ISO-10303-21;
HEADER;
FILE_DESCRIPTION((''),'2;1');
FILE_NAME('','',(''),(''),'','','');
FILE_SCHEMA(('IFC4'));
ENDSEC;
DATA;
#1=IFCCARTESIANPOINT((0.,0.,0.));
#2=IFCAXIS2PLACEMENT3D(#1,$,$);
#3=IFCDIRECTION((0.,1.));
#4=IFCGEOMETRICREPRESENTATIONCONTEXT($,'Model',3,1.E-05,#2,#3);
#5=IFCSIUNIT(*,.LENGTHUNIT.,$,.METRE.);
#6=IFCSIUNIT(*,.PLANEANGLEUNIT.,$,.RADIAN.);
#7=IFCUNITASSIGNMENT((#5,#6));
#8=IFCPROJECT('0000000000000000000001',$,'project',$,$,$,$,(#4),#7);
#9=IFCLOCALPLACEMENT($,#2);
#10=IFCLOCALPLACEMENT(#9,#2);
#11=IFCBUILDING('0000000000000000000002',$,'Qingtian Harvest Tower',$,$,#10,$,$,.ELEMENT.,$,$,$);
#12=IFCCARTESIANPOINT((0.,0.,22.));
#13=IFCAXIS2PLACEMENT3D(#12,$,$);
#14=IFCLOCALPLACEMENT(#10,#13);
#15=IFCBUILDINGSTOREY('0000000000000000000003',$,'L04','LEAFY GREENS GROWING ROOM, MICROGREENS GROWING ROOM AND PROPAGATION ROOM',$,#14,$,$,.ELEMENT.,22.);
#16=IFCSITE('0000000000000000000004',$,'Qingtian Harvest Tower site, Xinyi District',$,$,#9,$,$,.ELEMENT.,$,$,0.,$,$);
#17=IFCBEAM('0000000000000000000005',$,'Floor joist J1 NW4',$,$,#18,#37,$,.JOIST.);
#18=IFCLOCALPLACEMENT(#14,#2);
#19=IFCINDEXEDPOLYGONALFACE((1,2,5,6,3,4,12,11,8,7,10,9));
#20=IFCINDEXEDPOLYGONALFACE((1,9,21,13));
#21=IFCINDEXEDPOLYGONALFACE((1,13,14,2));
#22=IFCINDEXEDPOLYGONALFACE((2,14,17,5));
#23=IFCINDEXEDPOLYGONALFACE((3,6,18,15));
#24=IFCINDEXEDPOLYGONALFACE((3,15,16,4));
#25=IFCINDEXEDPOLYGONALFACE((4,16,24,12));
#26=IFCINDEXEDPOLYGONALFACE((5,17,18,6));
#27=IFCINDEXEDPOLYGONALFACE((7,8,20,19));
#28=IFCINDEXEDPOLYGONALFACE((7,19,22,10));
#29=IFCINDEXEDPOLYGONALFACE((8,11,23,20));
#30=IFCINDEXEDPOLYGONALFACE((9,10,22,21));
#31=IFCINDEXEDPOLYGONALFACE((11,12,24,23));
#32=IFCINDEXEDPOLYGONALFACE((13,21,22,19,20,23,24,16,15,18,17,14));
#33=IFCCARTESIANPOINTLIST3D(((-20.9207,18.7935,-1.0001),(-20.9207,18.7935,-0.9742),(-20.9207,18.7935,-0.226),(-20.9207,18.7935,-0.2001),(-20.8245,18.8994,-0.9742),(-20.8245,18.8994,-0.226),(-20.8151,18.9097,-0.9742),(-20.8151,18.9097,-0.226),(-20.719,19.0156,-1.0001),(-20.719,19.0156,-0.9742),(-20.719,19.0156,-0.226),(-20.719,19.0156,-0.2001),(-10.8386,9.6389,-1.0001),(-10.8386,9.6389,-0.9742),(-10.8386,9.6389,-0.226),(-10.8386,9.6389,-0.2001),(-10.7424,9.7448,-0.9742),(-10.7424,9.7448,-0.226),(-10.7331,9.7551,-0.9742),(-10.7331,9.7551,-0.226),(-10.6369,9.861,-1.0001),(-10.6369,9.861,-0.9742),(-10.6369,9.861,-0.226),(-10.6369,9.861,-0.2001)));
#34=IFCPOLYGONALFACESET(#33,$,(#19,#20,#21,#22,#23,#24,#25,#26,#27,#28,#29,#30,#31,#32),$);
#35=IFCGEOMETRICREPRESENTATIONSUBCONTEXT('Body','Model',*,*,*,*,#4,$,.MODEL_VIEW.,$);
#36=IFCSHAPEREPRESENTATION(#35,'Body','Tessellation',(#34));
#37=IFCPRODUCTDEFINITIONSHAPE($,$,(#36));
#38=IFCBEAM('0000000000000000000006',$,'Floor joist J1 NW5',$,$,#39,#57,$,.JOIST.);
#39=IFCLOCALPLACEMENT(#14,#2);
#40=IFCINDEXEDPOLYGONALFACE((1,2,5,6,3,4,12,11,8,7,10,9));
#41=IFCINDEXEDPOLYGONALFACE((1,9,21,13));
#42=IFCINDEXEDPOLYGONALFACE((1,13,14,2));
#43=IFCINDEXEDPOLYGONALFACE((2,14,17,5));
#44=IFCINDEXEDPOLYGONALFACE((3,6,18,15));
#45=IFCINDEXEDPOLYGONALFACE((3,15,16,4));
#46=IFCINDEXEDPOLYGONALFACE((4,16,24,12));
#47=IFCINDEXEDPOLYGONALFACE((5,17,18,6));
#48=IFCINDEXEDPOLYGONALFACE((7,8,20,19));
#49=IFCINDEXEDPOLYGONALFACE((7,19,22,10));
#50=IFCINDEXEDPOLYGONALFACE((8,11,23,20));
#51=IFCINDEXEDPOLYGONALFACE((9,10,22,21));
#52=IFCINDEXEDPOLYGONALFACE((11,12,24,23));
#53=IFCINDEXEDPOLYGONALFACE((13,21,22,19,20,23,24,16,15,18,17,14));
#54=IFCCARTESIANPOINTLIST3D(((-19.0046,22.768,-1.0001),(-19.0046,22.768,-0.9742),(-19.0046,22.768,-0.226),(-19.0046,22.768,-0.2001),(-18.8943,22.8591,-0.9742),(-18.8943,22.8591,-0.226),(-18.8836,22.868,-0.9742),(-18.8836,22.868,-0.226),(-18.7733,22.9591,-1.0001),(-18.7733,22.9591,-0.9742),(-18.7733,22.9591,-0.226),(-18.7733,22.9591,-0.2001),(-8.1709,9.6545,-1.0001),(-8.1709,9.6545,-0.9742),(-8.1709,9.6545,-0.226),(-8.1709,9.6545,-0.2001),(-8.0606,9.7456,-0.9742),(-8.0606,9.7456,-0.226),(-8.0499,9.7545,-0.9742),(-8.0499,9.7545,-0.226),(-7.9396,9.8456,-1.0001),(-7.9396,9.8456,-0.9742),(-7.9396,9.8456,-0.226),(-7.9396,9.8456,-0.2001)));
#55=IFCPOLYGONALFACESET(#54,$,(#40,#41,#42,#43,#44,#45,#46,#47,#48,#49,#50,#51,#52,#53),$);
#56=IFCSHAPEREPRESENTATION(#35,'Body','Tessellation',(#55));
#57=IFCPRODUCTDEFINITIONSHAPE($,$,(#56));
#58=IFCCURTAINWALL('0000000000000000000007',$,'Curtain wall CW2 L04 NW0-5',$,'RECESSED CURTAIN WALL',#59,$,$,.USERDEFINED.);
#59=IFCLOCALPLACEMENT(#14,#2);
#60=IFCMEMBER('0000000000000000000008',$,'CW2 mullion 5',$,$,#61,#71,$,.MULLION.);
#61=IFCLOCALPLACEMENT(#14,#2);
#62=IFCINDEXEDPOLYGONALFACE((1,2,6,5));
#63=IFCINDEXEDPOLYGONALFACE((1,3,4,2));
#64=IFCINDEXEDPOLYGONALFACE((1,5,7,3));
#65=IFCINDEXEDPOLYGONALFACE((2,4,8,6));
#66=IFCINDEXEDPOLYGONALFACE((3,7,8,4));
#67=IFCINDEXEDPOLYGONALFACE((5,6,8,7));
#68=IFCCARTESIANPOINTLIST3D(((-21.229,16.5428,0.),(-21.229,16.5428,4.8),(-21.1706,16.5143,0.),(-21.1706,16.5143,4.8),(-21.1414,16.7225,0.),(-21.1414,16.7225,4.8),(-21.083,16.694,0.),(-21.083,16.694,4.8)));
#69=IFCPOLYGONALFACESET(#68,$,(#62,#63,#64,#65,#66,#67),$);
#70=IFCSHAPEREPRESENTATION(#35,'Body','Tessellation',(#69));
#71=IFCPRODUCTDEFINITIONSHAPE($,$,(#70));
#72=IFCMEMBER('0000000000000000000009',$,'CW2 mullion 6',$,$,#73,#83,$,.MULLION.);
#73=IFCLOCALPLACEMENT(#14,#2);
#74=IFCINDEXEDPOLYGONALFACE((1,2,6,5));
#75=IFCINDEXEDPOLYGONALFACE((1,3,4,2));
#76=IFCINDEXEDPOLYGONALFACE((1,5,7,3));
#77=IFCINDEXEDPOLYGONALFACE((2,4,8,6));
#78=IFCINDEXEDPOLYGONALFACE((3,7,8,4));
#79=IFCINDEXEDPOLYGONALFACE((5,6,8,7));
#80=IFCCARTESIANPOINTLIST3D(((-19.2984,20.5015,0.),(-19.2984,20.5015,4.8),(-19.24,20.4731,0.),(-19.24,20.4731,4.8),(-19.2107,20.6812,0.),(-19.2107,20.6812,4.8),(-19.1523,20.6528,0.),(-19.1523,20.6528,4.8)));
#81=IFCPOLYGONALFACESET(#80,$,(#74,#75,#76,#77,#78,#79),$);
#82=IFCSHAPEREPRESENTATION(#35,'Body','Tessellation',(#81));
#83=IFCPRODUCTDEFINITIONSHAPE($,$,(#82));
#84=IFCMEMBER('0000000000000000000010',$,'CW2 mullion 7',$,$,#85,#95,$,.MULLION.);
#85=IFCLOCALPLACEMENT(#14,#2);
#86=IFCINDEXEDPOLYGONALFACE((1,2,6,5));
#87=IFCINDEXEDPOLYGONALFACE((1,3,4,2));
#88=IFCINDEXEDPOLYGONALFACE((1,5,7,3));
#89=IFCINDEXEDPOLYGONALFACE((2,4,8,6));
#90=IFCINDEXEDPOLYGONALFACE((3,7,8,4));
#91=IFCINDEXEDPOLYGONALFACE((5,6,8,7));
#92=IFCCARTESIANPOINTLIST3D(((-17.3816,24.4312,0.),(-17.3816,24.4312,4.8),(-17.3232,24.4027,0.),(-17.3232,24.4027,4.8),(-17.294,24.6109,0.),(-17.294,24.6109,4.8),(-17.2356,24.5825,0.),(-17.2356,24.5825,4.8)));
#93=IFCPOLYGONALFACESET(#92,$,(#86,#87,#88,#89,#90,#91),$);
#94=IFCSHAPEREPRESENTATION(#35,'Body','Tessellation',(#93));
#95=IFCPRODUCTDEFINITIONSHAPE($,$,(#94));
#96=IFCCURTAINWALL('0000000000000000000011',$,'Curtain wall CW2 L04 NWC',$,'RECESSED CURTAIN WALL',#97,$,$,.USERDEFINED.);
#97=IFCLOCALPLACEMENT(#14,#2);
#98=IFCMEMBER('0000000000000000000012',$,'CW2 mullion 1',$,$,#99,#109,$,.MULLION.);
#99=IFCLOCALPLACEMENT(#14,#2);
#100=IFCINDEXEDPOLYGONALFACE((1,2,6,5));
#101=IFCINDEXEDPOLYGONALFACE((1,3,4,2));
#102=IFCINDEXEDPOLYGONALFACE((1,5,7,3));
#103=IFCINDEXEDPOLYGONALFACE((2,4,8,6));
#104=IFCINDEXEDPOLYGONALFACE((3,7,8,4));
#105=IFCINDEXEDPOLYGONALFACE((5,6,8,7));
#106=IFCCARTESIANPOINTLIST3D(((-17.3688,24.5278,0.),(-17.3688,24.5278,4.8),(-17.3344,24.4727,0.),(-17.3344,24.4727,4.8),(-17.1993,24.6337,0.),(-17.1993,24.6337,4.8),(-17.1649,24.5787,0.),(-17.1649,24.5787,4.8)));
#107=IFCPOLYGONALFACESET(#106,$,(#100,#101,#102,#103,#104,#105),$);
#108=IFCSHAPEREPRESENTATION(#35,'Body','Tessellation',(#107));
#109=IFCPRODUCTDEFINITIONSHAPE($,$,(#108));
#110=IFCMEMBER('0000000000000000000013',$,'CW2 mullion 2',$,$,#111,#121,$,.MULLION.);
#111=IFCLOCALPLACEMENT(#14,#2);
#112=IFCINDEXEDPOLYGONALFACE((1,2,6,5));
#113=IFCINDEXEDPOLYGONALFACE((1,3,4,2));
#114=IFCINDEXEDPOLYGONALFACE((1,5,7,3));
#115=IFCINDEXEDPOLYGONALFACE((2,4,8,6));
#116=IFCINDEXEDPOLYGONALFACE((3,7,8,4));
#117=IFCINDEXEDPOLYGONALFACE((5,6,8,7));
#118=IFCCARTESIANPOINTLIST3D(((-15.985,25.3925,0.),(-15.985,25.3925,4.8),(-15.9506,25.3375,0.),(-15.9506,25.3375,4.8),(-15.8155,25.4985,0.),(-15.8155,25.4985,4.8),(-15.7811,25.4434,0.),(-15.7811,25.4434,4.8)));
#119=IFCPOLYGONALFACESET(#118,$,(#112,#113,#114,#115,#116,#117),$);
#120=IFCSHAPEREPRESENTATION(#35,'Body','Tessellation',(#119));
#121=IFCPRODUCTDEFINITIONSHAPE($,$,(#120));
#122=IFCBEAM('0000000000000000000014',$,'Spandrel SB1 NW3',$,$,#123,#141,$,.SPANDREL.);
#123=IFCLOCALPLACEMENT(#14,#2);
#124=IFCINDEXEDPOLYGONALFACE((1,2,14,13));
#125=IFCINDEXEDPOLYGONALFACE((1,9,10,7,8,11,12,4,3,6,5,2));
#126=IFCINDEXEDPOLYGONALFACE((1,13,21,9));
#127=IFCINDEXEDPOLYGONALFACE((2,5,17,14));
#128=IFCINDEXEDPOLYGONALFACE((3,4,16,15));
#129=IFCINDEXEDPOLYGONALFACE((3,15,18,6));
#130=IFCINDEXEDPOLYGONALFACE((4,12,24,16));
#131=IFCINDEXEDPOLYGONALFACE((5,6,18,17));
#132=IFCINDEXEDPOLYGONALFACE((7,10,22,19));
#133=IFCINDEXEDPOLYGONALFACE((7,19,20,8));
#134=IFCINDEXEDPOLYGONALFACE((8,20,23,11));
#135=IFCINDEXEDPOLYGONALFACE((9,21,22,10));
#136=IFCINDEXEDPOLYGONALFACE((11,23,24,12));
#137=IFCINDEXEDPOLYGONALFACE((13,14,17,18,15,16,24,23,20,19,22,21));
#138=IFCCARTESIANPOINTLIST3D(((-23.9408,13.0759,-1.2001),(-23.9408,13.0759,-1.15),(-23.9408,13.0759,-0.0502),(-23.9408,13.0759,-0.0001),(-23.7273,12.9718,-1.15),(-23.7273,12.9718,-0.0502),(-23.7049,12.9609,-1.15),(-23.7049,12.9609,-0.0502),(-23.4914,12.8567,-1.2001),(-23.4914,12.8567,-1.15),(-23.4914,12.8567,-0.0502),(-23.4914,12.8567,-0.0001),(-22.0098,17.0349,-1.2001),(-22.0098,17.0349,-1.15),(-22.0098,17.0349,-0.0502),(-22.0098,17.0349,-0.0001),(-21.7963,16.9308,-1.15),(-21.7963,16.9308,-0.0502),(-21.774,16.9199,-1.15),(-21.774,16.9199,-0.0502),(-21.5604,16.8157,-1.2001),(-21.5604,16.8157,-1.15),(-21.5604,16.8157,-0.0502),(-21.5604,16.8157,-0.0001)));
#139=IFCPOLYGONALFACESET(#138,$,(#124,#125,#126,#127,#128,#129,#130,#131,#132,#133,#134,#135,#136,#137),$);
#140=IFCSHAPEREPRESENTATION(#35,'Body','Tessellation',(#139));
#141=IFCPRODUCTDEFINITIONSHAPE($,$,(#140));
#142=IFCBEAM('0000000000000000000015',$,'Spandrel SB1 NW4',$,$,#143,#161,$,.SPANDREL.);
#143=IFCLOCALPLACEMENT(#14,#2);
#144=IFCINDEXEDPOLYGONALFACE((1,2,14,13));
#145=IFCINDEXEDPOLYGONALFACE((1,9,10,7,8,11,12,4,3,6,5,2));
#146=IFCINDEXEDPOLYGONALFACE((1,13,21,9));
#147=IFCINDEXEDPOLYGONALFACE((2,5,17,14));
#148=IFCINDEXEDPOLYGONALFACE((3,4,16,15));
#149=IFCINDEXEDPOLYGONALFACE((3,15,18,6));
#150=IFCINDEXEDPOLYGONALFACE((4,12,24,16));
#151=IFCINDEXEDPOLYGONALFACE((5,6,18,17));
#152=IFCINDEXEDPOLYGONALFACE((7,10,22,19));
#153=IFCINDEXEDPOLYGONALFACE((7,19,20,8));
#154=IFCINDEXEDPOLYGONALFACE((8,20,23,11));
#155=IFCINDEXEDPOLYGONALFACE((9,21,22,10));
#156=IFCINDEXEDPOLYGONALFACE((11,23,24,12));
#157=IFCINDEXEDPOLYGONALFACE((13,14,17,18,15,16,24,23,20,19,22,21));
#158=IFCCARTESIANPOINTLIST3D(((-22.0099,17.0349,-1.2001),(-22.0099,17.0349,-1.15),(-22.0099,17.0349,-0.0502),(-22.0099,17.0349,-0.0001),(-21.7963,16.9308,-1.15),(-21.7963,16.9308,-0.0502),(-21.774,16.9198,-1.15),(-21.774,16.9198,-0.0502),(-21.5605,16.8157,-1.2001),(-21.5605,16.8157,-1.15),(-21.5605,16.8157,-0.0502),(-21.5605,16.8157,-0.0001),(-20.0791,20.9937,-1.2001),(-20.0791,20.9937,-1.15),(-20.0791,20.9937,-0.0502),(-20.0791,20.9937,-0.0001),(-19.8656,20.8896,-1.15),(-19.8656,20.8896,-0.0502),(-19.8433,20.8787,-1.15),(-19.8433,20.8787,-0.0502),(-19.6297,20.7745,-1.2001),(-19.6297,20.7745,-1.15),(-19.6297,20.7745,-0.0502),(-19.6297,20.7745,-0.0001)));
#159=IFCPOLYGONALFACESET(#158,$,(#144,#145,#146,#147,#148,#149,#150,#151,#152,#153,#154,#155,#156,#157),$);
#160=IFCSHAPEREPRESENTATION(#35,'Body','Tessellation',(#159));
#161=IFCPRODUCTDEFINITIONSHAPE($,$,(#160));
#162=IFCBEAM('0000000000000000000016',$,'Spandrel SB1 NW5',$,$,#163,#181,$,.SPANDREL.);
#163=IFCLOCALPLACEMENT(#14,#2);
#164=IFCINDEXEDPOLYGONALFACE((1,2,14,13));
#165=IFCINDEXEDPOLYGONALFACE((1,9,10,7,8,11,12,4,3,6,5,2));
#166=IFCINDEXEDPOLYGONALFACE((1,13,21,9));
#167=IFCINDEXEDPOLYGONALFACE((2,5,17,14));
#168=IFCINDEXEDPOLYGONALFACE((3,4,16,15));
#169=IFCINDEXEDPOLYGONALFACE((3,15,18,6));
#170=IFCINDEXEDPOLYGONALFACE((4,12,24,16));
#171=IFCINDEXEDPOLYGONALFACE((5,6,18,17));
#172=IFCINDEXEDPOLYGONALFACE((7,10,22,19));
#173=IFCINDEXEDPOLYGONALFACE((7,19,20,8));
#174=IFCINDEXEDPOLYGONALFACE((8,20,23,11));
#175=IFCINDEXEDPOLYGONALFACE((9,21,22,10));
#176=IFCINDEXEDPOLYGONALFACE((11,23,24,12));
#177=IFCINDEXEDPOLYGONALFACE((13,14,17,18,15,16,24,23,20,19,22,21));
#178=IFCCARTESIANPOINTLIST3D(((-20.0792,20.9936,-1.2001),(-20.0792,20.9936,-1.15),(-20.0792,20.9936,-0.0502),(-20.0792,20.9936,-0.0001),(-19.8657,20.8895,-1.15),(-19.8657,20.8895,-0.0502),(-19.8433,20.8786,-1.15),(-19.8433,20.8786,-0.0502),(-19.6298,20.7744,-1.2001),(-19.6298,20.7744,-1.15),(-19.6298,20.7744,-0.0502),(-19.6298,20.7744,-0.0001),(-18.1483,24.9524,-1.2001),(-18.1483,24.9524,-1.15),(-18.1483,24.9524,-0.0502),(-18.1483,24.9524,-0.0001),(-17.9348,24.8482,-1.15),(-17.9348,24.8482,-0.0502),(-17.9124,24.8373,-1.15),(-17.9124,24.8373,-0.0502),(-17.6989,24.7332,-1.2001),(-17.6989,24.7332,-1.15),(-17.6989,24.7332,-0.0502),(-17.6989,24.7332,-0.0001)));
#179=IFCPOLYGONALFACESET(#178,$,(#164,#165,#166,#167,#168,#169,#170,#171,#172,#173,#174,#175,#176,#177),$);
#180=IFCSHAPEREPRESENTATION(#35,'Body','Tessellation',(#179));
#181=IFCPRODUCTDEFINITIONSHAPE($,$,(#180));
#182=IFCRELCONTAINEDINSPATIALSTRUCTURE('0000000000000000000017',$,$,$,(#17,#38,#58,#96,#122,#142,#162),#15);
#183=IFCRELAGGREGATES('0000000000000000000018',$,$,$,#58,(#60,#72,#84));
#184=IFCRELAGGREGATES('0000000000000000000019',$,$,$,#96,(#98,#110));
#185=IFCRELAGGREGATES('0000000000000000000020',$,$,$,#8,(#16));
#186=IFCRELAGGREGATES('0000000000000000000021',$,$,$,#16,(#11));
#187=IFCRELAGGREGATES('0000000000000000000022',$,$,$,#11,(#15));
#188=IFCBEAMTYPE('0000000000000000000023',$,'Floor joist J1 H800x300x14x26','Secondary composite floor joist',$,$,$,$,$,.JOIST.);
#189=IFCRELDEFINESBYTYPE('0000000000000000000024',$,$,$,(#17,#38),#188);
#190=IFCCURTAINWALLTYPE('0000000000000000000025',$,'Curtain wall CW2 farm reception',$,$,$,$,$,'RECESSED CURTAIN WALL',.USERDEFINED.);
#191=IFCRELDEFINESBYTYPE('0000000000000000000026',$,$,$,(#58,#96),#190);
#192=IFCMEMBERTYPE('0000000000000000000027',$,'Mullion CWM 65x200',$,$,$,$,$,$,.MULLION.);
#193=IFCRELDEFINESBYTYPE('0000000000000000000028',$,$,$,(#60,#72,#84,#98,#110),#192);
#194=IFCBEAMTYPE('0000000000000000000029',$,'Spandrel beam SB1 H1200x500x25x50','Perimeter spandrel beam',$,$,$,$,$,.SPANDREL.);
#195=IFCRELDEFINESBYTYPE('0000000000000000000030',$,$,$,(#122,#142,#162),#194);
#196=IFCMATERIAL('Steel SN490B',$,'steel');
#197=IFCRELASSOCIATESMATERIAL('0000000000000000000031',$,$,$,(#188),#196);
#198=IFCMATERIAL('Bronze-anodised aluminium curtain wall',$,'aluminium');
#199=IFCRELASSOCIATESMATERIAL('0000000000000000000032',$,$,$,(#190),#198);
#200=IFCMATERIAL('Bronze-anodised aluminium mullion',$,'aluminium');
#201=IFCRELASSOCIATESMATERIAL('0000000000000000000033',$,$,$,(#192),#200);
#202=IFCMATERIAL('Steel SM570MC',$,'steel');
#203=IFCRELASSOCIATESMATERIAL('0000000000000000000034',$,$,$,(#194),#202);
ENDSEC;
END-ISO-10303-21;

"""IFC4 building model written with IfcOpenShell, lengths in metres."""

from ifc_helpers import new_model, si_unit, direction, frame, origin, origin_2d, place, context, subcontext, project, spatial, rectangle, i_section, extrude, material, material_profile, profile_set, type_object, element, aggregate, save


model = new_model("IFC4")

# Units and contexts
model_context = context("Model", 3, precision=1e-05, world=origin(), true_north=direction((0.0, 1.0)))
body_context = subcontext(model_context, "Body", "Model", "MODEL_VIEW")
ifc_project = project(units=[si_unit("LENGTHUNIT", "METRE"), si_unit("PLANEANGLEUNIT", "RADIAN")], contexts=[model_context])

# Site, building, storey
site_placement = place(None, origin())
site = spatial("IfcSite", under=ifc_project, at=site_placement, Name="Qingtian Harvest Tower site, Xinyi District", CompositionType="ELEMENT", RefElevation=0.0)
building_placement = place(site_placement, origin())
building = spatial("IfcBuilding", under=site, at=building_placement, Name="Qingtian Harvest Tower", CompositionType="ELEMENT")
storey_placement = place(building_placement, frame((0.0, 0.0, 22.0)))
storey = spatial("IfcBuildingStorey", under=building, at=storey_placement, Name="L04", Description="LEAFY GREENS GROWING ROOM, MICROGREENS GROWING ROOM AND PROPAGATION ROOM", CompositionType="ELEMENT", Elevation=22.0)

# Beams
ifc_material_1 = material(Name="Steel SN490B", Category="steel")
ifc_material_profile_1 = material_profile(ifc_material_1, i_section(OverallWidth=0.3, OverallDepth=0.8, WebThickness=0.0139, FlangeThickness=0.0259, at=origin_2d()), Name="H800x300x14x26")
ifc_profile_set_1 = profile_set([ifc_material_profile_1], Name="Steel SN490B")
beam_type_1 = type_object("IfcBeamType", Name="Floor joist J1 H800x300x14x26", Description="Secondary composite floor joist", PredefinedType="JOIST", material=ifc_profile_set_1)
beam_1_placement = place(storey_placement, frame((-20.8198, 18.9045, -0.6001), z_axis=(0.74034, -0.672233, 0.0), x_axis=(0.672233, 0.74034, 0.0)))
element("IfcBeam", 1, at=beam_1_placement, inside=storey, type_object=beam_type_1, Name="Floor joist J1 NW4", PredefinedType="JOIST", context=body_context, shape_type="SweptSolid", body=[
    extrude(i_section(OverallWidth=0.3, OverallDepth=0.8, WebThickness=0.0139, FlangeThickness=0.0259, at=origin_2d()), origin(), (0.0, 0.0, 1.0), 13.6182),
])
beam_2_placement = place(storey_placement, frame((-18.8889, 22.8635, -0.6001), z_axis=(0.63691, -0.770938, 0.0), x_axis=(0.770938, 0.63691, 0.0)))
element("IfcBeam", 2, at=beam_2_placement, inside=storey, type_object=beam_type_1, Name="Floor joist J1 NW5", PredefinedType="JOIST", context=body_context, shape_type="SweptSolid", body=[
    extrude(i_section(OverallWidth=0.3, OverallDepth=0.8, WebThickness=0.0139, FlangeThickness=0.0259, at=origin_2d()), origin(), (0.0, 0.0, 1.0), 17.0098),
])

# Curtain walls, members
ifc_material_2 = material(Name="Bronze-anodised aluminium curtain wall", Category="aluminium")
curtain_wall_type = type_object("IfcCurtainWallType", Name="Curtain wall CW2 farm reception", ElementType="RECESSED CURTAIN WALL", PredefinedType="USERDEFINED", material=ifc_material_2)
curtain_wall_1_placement = place(storey_placement, origin())
curtain_wall_1 = element("IfcCurtainWall", 3, at=curtain_wall_1_placement, inside=storey, type_object=curtain_wall_type, Name="Curtain wall CW2 L04 NW0-5", ObjectType="RECESSED CURTAIN WALL", PredefinedType="USERDEFINED")
ifc_material_3 = material(Name="Bronze-anodised aluminium mullion", Category="aluminium")
ifc_material_profile_2 = material_profile(ifc_material_3, rectangle(XDim=0.0649, YDim=0.2, at=origin_2d()), Name="AL 65x200")
ifc_profile_set_2 = profile_set([ifc_material_profile_2], Name="Bronze-anodised aluminium mullion")
member_type_1 = type_object("IfcMemberType", Name="Mullion CWM 65x200", PredefinedType="MULLION", material=ifc_profile_set_2)
member_1_placement = place(storey_placement, frame((-21.156, 16.6184, 0.0), z_axis=(0.0, 0.0, 1.0), x_axis=(-0.898794, 0.438371, 0.0)))
member_1 = element("IfcMember", 4, at=member_1_placement, type_object=member_type_1, Name="CW2 mullion 5", PredefinedType="MULLION", context=body_context, shape_type="SweptSolid", body=[
    extrude(rectangle(XDim=0.0649, YDim=0.2, at=origin_2d()), origin(), (0.0, 0.0, 1.0), 4.8),
])
member_2_placement = place(storey_placement, frame((-19.2253, 20.5771, 0.0), z_axis=(0.0, 0.0, 1.0), x_axis=(-0.898794, 0.438371, 0.0)))
member_2 = element("IfcMember", 5, at=member_2_placement, type_object=member_type_1, Name="CW2 mullion 6", PredefinedType="MULLION", context=body_context, shape_type="SweptSolid", body=[
    extrude(rectangle(XDim=0.0649, YDim=0.2, at=origin_2d()), origin(), (0.0, 0.0, 1.0), 4.8),
])
member_3_placement = place(storey_placement, frame((-17.3086, 24.5068, 0.0), z_axis=(0.0, 0.0, 1.0), x_axis=(-0.898794, 0.438371, 0.0)))
member_3 = element("IfcMember", 6, at=member_3_placement, type_object=member_type_1, Name="CW2 mullion 7", PredefinedType="MULLION", context=body_context, shape_type="SweptSolid", body=[
    extrude(rectangle(XDim=0.0649, YDim=0.2, at=origin_2d()), origin(), (0.0, 0.0, 1.0), 4.8),
])
curtain_wall_2_placement = place(storey_placement, origin())
curtain_wall_2 = element("IfcCurtainWall", 7, at=curtain_wall_2_placement, inside=storey, type_object=curtain_wall_type, Name="Curtain wall CW2 L04 NWC", ObjectType="RECESSED CURTAIN WALL", PredefinedType="USERDEFINED")
member_4_placement = place(storey_placement, frame((-17.2668, 24.5532, 0.0), z_axis=(0.0, 0.0, 1.0), x_axis=(-0.529919, 0.848048, 0.0)))
member_4 = element("IfcMember", 8, at=member_4_placement, type_object=member_type_1, Name="CW2 mullion 1", PredefinedType="MULLION", context=body_context, shape_type="SweptSolid", body=[
    extrude(rectangle(XDim=0.0649, YDim=0.2, at=origin_2d()), origin(), (0.0, 0.0, 1.0), 4.8),
])
member_5_placement = place(storey_placement, frame((-15.8831, 25.418, 0.0), z_axis=(0.0, 0.0, 1.0), x_axis=(-0.529919, 0.848048, 0.0)))
member_5 = element("IfcMember", 9, at=member_5_placement, type_object=member_type_1, Name="CW2 mullion 2", PredefinedType="MULLION", context=body_context, shape_type="SweptSolid", body=[
    extrude(rectangle(XDim=0.0649, YDim=0.2, at=origin_2d()), origin(), (0.0, 0.0, 1.0), 4.8),
])

# Beams
ifc_material_4 = material(Name="Steel SM570MC", Category="steel")
ifc_material_profile_3 = material_profile(ifc_material_4, i_section(OverallWidth=0.5, OverallDepth=1.2, WebThickness=0.0249, FlangeThickness=0.05, at=origin_2d()), Name="H1200x500x25x50")
ifc_profile_set_3 = profile_set([ifc_material_profile_3], Name="Steel SM570MC")
beam_type_2 = type_object("IfcBeamType", Name="Spandrel beam SB1 H1200x500x25x50", Description="Perimeter spandrel beam", PredefinedType="SPANDREL", material=ifc_profile_set_3)
beam_3_placement = place(storey_placement, frame((-23.7161, 12.9663, -0.6001), z_axis=(0.438368, 0.898796, 0.0), x_axis=(-0.898796, 0.438368, 0.0)))
element("IfcBeam", 10, at=beam_3_placement, inside=storey, type_object=beam_type_2, Name="Spandrel SB1 NW3", PredefinedType="SPANDREL", context=body_context, shape_type="SweptSolid", body=[
    extrude(i_section(OverallWidth=0.5, OverallDepth=1.2, WebThickness=0.0249, FlangeThickness=0.05, at=origin_2d()), origin(), (0.0, 0.0, 1.0), 4.4048),
])
for number, where, z_axis, x_axis, name in (
    (11, (-21.7852, 16.9253, -0.6001), (0.438345, 0.898807, 0.0), (-0.898807, 0.438345, 0.0), "Spandrel SB1 NW4"),
    (12, (-19.8545, 20.884, -0.6001), (0.43839, 0.898785, 0.0), (-0.898785, 0.43839, 0.0), "Spandrel SB1 NW5"),
):
    element("IfcBeam", number, at=place(storey_placement, frame(where, z_axis=z_axis, x_axis=x_axis)), inside=storey, type_object=beam_type_2, Name=name, PredefinedType="SPANDREL", context=body_context, shape_type="SweptSolid", body=[
        extrude(i_section(OverallWidth=0.5, OverallDepth=1.2, WebThickness=0.0249, FlangeThickness=0.05, at=origin_2d()), origin(), (0.0, 0.0, 1.0), 4.4045),
    ])

aggregate(curtain_wall_1, [member_1, member_2, member_3])
aggregate(curtain_wall_2, [member_4, member_5])

save(model, "model.ifc")
